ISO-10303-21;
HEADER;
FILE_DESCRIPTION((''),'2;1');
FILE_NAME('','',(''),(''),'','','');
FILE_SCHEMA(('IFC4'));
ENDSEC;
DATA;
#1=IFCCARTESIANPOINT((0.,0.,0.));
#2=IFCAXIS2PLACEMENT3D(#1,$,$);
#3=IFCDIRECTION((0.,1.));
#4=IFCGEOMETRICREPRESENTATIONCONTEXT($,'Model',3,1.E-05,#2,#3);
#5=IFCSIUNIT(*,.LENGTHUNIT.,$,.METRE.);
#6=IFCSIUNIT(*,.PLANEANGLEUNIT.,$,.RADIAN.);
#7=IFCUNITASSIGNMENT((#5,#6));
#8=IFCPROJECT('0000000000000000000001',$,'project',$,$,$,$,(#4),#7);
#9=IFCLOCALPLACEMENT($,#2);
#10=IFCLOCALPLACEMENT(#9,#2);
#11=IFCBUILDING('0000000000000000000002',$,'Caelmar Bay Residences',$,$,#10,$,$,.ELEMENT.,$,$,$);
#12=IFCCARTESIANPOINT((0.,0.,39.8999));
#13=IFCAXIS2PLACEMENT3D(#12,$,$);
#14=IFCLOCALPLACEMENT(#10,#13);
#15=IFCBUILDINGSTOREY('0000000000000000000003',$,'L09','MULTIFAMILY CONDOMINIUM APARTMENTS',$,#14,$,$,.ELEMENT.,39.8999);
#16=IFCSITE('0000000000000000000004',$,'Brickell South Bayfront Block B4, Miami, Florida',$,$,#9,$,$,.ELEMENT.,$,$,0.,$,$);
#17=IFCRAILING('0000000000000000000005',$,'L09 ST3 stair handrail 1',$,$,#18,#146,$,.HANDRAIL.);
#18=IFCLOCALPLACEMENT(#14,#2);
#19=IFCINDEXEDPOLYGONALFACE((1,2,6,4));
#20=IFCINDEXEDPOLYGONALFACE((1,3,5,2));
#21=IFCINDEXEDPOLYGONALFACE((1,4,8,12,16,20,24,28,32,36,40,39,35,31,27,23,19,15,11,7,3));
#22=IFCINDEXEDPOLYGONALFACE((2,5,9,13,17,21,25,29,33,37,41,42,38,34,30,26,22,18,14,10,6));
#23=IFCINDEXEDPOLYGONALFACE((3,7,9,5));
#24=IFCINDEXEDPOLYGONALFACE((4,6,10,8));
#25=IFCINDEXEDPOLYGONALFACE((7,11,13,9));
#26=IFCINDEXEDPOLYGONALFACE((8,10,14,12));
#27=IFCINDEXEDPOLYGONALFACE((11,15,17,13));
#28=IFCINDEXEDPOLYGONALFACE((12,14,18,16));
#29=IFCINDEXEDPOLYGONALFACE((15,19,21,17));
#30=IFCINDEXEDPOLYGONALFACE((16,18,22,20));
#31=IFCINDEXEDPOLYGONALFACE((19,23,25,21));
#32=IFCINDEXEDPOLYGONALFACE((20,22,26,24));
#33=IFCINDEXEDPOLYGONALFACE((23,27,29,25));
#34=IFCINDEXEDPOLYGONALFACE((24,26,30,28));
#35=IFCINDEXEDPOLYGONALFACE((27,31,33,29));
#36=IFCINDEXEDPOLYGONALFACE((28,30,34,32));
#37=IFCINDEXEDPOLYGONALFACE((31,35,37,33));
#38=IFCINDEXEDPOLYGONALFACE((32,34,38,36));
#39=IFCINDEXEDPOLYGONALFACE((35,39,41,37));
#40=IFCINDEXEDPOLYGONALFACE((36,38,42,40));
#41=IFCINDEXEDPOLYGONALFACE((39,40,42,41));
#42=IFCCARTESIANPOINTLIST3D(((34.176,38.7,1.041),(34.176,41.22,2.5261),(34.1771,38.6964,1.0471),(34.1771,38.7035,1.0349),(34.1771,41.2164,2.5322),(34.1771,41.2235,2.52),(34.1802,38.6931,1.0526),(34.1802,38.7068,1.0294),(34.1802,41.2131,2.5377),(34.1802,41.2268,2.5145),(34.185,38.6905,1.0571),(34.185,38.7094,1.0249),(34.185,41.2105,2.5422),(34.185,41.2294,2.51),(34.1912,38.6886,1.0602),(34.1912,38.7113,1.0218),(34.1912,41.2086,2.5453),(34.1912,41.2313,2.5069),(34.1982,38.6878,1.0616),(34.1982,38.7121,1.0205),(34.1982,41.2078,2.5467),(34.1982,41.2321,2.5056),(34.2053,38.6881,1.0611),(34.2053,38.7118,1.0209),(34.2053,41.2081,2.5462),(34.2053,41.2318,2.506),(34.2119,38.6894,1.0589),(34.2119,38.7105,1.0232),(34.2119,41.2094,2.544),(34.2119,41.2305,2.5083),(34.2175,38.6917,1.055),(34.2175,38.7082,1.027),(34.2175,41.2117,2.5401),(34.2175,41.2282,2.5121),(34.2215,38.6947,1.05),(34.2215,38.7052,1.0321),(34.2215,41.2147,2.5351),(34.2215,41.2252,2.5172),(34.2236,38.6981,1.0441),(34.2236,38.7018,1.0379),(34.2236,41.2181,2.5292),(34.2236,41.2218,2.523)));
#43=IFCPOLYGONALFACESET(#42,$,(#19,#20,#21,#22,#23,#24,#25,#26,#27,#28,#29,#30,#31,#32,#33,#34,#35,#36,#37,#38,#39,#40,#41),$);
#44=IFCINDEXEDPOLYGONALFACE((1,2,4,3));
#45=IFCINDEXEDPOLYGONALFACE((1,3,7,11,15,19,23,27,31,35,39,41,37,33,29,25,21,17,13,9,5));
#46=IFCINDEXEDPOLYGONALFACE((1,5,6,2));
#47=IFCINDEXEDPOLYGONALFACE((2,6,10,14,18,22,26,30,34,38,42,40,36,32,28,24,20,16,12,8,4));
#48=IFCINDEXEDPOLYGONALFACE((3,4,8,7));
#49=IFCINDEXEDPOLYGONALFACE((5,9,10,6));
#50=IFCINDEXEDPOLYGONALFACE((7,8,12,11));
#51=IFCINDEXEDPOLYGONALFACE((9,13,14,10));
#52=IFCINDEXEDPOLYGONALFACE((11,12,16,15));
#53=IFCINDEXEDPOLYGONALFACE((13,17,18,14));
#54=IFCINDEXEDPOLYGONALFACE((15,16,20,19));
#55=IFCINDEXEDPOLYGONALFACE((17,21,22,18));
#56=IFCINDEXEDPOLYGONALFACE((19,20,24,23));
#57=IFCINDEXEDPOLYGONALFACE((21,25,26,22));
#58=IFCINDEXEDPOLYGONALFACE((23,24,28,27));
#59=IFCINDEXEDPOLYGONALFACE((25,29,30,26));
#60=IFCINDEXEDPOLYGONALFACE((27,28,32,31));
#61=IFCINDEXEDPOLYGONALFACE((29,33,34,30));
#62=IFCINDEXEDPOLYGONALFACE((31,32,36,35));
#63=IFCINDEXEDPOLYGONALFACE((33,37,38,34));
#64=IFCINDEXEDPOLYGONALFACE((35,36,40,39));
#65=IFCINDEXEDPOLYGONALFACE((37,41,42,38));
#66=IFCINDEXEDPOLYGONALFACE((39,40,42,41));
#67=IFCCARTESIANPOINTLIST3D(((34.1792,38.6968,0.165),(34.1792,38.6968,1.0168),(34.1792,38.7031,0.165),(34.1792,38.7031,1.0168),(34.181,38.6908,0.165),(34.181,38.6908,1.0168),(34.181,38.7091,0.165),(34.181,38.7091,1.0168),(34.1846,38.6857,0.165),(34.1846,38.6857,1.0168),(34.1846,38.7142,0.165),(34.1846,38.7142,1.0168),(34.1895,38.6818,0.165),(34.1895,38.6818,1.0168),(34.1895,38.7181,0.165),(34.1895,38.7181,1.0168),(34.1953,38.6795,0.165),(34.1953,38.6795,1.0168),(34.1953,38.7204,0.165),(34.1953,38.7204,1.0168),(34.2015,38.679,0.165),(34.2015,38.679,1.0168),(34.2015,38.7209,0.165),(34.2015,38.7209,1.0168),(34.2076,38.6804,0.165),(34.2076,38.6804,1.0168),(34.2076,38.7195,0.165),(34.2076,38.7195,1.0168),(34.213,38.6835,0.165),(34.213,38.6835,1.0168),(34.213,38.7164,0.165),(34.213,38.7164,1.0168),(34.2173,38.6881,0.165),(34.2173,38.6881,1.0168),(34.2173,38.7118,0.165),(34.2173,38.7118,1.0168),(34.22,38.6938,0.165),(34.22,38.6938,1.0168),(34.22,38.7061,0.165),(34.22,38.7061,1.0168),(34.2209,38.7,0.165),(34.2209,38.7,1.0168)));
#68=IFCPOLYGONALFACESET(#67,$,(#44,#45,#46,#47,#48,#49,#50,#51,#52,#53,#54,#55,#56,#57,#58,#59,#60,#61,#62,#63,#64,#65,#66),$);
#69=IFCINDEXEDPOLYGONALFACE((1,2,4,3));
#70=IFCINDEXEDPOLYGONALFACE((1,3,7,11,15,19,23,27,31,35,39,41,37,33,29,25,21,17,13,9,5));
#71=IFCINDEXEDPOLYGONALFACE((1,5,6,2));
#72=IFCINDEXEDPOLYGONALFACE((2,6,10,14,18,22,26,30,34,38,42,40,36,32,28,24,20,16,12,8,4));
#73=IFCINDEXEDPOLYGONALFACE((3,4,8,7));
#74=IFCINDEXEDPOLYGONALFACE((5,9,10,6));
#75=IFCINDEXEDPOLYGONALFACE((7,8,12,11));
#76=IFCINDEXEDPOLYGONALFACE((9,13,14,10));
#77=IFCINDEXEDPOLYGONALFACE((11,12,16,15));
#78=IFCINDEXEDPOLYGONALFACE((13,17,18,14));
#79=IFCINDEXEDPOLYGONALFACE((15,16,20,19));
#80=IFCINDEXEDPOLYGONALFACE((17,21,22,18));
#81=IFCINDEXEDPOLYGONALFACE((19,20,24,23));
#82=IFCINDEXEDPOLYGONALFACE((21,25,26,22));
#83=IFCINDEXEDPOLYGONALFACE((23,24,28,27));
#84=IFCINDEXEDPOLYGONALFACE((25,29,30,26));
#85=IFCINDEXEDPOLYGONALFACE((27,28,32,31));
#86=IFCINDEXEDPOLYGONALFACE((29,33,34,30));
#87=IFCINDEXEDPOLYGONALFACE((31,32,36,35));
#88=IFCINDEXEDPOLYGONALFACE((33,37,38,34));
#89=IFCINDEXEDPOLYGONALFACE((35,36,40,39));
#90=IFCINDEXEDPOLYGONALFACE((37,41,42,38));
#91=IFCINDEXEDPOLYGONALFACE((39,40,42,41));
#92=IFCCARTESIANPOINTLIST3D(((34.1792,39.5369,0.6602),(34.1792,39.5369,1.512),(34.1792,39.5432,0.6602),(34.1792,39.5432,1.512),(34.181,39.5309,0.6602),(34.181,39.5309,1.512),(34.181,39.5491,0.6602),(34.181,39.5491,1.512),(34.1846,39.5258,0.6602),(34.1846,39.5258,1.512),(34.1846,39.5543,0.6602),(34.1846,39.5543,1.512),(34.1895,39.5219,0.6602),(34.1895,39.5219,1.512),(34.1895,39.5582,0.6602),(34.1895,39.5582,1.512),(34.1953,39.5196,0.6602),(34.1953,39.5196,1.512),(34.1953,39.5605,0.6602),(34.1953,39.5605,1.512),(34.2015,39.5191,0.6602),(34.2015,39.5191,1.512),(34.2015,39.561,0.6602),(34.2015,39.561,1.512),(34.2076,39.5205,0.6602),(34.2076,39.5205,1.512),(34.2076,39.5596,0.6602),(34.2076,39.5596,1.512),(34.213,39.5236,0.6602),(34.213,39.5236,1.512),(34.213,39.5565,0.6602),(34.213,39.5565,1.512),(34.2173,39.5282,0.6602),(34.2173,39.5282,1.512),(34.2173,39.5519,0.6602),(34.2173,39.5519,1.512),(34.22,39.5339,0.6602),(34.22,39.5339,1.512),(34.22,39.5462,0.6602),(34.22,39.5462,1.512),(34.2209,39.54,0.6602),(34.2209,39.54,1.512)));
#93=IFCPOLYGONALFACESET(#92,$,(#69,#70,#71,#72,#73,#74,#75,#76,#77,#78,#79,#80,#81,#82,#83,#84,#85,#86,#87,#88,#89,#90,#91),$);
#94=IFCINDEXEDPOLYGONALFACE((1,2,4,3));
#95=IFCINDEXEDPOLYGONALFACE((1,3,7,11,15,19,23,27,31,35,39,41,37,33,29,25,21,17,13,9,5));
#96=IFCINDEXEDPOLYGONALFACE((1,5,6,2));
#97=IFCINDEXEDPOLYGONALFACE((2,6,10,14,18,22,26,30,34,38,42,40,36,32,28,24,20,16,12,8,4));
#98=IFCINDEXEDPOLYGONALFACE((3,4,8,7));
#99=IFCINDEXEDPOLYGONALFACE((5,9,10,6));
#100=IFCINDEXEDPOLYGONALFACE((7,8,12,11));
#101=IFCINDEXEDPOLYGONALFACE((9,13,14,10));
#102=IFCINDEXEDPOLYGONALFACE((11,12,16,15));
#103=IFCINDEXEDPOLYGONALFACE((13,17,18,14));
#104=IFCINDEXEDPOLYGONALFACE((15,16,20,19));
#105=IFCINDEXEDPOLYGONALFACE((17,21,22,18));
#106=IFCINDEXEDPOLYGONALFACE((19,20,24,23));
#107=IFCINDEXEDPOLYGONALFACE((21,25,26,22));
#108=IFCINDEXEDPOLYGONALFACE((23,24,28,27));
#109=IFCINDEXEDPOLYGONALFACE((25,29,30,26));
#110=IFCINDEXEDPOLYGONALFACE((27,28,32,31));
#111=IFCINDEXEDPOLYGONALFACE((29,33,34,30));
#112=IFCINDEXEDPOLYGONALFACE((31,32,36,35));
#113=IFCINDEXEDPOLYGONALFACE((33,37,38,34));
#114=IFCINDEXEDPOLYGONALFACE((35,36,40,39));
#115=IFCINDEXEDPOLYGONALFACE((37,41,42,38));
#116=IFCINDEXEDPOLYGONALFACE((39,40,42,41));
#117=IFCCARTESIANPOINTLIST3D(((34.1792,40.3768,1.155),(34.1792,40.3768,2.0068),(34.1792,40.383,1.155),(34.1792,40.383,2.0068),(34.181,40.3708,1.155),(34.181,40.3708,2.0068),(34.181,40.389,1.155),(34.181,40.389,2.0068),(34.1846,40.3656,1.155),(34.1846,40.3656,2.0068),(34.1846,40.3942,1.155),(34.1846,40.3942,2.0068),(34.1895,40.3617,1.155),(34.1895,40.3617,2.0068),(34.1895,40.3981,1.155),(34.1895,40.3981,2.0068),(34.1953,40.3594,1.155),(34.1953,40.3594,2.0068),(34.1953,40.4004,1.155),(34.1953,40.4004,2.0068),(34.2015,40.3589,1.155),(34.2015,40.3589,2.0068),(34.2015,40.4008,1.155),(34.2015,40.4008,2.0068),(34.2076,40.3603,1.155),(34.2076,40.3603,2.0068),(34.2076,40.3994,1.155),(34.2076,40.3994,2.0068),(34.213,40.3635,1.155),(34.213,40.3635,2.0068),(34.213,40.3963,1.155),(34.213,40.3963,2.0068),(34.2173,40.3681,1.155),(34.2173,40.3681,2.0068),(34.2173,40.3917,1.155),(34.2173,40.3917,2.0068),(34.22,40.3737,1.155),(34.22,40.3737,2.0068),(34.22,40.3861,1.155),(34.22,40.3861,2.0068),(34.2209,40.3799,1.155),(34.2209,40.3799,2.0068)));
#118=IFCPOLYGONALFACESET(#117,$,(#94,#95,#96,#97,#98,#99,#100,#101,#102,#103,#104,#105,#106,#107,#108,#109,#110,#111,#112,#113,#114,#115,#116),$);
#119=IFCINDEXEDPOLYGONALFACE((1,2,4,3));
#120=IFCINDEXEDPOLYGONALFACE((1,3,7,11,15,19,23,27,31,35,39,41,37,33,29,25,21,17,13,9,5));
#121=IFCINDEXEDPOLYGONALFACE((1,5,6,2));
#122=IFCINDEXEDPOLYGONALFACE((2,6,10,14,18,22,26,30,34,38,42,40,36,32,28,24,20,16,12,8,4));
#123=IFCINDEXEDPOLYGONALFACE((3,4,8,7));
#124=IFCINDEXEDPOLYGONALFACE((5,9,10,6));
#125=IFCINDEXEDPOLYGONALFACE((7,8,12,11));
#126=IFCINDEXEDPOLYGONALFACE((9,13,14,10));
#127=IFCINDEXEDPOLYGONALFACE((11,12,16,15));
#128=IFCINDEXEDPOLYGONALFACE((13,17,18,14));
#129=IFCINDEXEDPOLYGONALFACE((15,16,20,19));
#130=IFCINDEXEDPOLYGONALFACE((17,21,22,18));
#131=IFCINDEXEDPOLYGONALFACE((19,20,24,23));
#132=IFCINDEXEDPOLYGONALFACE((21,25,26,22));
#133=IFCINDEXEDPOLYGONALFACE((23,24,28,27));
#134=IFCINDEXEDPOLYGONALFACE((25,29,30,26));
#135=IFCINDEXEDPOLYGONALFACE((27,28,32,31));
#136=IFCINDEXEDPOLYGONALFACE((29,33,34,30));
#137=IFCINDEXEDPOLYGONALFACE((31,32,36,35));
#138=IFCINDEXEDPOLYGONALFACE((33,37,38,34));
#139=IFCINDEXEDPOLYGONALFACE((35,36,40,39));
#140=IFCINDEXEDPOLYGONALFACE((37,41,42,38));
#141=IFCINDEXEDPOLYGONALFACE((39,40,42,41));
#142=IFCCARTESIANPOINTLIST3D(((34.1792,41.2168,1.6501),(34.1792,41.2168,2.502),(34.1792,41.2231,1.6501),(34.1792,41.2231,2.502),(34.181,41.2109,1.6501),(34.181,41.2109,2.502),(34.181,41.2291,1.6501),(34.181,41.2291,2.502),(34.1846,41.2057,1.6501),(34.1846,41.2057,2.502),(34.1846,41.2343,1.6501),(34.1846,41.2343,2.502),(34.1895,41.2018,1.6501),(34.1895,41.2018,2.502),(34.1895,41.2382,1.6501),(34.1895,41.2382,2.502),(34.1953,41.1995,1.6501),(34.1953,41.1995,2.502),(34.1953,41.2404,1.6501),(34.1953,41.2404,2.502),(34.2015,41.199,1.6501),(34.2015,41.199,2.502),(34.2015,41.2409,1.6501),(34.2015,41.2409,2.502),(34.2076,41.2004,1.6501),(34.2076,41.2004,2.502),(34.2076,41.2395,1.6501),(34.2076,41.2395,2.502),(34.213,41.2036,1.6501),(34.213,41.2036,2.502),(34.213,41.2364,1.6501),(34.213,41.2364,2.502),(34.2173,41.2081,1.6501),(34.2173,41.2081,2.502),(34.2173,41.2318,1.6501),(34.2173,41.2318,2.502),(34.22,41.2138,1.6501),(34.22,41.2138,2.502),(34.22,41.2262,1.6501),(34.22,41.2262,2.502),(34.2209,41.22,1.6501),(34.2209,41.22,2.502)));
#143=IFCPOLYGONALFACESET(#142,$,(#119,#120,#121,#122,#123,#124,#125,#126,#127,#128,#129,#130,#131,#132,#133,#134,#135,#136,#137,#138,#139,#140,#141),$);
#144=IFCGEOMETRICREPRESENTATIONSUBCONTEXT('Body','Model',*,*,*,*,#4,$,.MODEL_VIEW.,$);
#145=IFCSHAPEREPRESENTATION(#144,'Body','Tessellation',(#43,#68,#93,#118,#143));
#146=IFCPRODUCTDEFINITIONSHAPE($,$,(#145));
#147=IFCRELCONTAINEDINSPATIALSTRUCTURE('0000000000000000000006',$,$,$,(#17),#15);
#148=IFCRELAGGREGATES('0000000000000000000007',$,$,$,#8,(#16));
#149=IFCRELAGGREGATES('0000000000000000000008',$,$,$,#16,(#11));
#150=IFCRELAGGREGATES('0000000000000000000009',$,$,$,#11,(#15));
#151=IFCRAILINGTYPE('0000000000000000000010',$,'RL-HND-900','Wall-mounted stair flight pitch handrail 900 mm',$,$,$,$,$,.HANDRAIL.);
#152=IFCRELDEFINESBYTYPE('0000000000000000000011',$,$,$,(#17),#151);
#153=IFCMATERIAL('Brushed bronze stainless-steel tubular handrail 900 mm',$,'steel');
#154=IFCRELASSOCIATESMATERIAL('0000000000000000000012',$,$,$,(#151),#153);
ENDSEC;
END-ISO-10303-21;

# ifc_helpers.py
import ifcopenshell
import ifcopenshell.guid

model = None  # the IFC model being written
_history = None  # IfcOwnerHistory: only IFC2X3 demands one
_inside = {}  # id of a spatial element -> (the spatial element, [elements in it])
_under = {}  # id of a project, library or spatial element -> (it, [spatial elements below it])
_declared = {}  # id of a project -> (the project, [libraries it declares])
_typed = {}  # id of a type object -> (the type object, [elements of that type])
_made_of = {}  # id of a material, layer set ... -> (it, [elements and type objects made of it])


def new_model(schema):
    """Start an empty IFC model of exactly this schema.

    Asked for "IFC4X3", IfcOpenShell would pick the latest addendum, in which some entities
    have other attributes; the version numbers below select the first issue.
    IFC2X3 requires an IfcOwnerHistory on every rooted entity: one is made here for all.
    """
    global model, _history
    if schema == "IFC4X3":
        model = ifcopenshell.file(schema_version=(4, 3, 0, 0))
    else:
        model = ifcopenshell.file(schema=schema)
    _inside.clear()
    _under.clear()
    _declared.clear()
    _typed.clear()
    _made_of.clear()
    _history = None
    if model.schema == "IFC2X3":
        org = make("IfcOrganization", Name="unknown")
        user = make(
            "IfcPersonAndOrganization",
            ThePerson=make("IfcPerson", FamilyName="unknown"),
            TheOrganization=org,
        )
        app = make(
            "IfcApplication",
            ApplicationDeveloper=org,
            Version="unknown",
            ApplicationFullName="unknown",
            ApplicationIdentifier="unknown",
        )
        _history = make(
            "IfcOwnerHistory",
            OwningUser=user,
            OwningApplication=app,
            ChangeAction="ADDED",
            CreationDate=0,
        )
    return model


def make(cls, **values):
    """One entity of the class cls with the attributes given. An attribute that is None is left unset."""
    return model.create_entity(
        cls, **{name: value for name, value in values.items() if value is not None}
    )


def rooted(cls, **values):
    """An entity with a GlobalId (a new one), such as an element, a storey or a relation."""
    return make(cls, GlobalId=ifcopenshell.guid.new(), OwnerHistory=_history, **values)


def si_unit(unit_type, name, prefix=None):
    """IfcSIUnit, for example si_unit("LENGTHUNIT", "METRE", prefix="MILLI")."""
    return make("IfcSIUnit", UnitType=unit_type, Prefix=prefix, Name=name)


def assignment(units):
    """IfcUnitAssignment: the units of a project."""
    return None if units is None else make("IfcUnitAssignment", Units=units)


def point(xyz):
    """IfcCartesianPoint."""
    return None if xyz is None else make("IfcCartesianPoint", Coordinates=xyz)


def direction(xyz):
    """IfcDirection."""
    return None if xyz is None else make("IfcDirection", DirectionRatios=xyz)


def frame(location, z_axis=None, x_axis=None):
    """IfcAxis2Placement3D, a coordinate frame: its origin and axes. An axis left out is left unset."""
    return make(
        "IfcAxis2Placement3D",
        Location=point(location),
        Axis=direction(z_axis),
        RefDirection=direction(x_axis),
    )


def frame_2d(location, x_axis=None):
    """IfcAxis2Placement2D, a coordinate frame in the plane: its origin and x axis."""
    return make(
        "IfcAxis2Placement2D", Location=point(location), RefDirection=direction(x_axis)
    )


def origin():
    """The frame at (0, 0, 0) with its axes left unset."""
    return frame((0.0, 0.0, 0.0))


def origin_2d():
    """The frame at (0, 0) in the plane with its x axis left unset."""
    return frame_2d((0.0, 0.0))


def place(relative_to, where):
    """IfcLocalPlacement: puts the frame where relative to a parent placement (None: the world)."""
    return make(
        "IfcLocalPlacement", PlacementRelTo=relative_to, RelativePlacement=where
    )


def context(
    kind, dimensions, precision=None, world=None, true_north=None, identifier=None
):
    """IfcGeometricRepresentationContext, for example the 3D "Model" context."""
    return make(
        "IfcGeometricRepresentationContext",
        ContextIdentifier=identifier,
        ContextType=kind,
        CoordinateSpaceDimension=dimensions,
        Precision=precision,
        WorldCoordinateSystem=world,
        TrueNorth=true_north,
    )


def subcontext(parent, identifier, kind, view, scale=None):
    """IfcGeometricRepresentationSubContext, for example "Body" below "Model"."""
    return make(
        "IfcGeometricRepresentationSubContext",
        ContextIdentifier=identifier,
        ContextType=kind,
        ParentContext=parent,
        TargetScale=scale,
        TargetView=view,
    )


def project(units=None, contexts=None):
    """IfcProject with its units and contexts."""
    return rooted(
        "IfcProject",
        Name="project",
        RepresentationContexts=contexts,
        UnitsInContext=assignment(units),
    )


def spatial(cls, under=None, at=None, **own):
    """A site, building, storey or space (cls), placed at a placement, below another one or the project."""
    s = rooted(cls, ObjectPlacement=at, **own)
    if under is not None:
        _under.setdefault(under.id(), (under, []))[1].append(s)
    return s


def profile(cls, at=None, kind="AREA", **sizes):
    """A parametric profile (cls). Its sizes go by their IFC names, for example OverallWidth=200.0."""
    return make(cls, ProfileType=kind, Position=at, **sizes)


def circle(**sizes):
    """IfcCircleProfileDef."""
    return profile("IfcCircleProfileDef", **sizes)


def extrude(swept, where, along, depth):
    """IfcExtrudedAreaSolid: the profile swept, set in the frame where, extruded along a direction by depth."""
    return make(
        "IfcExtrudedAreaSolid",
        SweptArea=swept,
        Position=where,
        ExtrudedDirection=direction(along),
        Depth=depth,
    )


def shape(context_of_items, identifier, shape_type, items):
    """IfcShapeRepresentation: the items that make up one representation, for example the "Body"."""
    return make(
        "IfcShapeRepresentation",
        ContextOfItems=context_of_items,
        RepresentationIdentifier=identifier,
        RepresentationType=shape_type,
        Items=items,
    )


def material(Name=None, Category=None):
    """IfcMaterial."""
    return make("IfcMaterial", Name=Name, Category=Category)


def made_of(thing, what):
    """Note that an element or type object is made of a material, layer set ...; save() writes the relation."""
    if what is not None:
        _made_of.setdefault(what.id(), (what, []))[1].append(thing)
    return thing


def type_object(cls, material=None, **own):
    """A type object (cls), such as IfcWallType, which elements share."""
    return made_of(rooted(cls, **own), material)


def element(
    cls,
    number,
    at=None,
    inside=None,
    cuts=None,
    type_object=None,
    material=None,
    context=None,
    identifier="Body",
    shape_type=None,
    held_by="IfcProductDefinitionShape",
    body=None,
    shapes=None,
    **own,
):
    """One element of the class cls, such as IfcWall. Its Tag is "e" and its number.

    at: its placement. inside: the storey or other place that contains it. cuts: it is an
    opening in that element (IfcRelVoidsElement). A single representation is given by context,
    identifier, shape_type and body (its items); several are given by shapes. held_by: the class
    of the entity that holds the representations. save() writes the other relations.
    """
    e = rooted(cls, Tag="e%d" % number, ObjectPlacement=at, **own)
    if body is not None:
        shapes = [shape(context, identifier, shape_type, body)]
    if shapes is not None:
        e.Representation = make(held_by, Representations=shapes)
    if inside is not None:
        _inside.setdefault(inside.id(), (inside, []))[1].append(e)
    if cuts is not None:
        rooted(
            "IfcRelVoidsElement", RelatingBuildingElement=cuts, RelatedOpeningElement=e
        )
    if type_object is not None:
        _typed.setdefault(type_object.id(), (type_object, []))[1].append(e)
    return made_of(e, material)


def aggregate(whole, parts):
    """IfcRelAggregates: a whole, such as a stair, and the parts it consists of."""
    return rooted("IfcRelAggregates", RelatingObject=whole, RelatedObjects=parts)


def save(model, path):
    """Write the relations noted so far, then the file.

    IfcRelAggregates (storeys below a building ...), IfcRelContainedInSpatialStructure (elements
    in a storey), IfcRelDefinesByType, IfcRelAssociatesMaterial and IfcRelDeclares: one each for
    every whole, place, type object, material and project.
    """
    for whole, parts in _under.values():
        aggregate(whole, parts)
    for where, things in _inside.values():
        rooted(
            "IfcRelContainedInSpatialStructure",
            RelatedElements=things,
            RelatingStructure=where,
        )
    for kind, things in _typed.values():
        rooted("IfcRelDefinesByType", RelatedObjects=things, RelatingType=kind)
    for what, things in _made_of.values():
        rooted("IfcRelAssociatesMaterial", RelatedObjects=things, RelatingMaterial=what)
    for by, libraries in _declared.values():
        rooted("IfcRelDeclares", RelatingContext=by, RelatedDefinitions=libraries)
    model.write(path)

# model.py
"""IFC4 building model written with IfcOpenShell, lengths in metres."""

from ifc_helpers import new_model, si_unit, direction, frame, origin, origin_2d, place, context, subcontext, project, spatial, circle, extrude, material, type_object, element, save


model = new_model("IFC4")

# Units and contexts
model_context = context("Model", 3, precision=1e-05, world=origin(), true_north=direction((0.0, 1.0)))
body_context = subcontext(model_context, "Body", "Model", "MODEL_VIEW")
ifc_project = project(units=[si_unit("LENGTHUNIT", "METRE"), si_unit("PLANEANGLEUNIT", "RADIAN")], contexts=[model_context])

# Site, building, storey
site_placement = place(None, origin())
site = spatial("IfcSite", under=ifc_project, at=site_placement, Name="Brickell South Bayfront Block B4, Miami, Florida", CompositionType="ELEMENT", RefElevation=0.0)
building_placement = place(site_placement, origin())
building = spatial("IfcBuilding", under=site, at=building_placement, Name="Caelmar Bay Residences", CompositionType="ELEMENT")
storey_placement = place(building_placement, frame((0.0, 0.0, 39.8999)))
storey = spatial("IfcBuildingStorey", under=building, at=storey_placement, Name="L09", Description="MULTIFAMILY CONDOMINIUM APARTMENTS", CompositionType="ELEMENT", Elevation=39.8999)

# Railing
ifc_material_1 = material(Name="Brushed bronze stainless-steel tubular handrail 900 mm", Category="steel")
railing_type_1 = type_object("IfcRailingType", Name="RL-HND-900", Description="Wall-mounted stair flight pitch handrail 900 mm", PredefinedType="HANDRAIL", material=ifc_material_1)
railing_1_placement = place(storey_placement, frame((34.2, 38.7, 0.165)))
element("IfcRailing", 1, at=railing_1_placement, inside=storey, type_object=railing_type_1, Name="L09 ST3 stair handrail 1", PredefinedType="HANDRAIL", context=body_context, shape_type="SweptSolid", body=[
    extrude(circle(Radius=0.0239, at=origin_2d()), frame((0.0, 0.0, 0.876), z_axis=(0.0, 0.861524, 0.507717), x_axis=(-1.0, 0.0, 0.0)), (0.0, 0.0, 1.0), 2.925),
    extrude(circle(Radius=0.021, at=origin_2d()), origin(), (0.0, 0.0, 1.0), 0.8518),
    extrude(circle(Radius=0.021, at=origin_2d()), frame((0.0, 0.8401, 0.4951)), (0.0, 0.0, 1.0), 0.8518),
    extrude(circle(Radius=0.021, at=origin_2d()), frame((0.0, 1.6799, 0.99)), (0.0, 0.0, 1.0), 0.8518),
    extrude(circle(Radius=0.021, at=origin_2d()), frame((0.0, 2.52, 1.4851)), (0.0, 0.0, 1.0), 0.8518),
])

save(model, "model.ifc")
